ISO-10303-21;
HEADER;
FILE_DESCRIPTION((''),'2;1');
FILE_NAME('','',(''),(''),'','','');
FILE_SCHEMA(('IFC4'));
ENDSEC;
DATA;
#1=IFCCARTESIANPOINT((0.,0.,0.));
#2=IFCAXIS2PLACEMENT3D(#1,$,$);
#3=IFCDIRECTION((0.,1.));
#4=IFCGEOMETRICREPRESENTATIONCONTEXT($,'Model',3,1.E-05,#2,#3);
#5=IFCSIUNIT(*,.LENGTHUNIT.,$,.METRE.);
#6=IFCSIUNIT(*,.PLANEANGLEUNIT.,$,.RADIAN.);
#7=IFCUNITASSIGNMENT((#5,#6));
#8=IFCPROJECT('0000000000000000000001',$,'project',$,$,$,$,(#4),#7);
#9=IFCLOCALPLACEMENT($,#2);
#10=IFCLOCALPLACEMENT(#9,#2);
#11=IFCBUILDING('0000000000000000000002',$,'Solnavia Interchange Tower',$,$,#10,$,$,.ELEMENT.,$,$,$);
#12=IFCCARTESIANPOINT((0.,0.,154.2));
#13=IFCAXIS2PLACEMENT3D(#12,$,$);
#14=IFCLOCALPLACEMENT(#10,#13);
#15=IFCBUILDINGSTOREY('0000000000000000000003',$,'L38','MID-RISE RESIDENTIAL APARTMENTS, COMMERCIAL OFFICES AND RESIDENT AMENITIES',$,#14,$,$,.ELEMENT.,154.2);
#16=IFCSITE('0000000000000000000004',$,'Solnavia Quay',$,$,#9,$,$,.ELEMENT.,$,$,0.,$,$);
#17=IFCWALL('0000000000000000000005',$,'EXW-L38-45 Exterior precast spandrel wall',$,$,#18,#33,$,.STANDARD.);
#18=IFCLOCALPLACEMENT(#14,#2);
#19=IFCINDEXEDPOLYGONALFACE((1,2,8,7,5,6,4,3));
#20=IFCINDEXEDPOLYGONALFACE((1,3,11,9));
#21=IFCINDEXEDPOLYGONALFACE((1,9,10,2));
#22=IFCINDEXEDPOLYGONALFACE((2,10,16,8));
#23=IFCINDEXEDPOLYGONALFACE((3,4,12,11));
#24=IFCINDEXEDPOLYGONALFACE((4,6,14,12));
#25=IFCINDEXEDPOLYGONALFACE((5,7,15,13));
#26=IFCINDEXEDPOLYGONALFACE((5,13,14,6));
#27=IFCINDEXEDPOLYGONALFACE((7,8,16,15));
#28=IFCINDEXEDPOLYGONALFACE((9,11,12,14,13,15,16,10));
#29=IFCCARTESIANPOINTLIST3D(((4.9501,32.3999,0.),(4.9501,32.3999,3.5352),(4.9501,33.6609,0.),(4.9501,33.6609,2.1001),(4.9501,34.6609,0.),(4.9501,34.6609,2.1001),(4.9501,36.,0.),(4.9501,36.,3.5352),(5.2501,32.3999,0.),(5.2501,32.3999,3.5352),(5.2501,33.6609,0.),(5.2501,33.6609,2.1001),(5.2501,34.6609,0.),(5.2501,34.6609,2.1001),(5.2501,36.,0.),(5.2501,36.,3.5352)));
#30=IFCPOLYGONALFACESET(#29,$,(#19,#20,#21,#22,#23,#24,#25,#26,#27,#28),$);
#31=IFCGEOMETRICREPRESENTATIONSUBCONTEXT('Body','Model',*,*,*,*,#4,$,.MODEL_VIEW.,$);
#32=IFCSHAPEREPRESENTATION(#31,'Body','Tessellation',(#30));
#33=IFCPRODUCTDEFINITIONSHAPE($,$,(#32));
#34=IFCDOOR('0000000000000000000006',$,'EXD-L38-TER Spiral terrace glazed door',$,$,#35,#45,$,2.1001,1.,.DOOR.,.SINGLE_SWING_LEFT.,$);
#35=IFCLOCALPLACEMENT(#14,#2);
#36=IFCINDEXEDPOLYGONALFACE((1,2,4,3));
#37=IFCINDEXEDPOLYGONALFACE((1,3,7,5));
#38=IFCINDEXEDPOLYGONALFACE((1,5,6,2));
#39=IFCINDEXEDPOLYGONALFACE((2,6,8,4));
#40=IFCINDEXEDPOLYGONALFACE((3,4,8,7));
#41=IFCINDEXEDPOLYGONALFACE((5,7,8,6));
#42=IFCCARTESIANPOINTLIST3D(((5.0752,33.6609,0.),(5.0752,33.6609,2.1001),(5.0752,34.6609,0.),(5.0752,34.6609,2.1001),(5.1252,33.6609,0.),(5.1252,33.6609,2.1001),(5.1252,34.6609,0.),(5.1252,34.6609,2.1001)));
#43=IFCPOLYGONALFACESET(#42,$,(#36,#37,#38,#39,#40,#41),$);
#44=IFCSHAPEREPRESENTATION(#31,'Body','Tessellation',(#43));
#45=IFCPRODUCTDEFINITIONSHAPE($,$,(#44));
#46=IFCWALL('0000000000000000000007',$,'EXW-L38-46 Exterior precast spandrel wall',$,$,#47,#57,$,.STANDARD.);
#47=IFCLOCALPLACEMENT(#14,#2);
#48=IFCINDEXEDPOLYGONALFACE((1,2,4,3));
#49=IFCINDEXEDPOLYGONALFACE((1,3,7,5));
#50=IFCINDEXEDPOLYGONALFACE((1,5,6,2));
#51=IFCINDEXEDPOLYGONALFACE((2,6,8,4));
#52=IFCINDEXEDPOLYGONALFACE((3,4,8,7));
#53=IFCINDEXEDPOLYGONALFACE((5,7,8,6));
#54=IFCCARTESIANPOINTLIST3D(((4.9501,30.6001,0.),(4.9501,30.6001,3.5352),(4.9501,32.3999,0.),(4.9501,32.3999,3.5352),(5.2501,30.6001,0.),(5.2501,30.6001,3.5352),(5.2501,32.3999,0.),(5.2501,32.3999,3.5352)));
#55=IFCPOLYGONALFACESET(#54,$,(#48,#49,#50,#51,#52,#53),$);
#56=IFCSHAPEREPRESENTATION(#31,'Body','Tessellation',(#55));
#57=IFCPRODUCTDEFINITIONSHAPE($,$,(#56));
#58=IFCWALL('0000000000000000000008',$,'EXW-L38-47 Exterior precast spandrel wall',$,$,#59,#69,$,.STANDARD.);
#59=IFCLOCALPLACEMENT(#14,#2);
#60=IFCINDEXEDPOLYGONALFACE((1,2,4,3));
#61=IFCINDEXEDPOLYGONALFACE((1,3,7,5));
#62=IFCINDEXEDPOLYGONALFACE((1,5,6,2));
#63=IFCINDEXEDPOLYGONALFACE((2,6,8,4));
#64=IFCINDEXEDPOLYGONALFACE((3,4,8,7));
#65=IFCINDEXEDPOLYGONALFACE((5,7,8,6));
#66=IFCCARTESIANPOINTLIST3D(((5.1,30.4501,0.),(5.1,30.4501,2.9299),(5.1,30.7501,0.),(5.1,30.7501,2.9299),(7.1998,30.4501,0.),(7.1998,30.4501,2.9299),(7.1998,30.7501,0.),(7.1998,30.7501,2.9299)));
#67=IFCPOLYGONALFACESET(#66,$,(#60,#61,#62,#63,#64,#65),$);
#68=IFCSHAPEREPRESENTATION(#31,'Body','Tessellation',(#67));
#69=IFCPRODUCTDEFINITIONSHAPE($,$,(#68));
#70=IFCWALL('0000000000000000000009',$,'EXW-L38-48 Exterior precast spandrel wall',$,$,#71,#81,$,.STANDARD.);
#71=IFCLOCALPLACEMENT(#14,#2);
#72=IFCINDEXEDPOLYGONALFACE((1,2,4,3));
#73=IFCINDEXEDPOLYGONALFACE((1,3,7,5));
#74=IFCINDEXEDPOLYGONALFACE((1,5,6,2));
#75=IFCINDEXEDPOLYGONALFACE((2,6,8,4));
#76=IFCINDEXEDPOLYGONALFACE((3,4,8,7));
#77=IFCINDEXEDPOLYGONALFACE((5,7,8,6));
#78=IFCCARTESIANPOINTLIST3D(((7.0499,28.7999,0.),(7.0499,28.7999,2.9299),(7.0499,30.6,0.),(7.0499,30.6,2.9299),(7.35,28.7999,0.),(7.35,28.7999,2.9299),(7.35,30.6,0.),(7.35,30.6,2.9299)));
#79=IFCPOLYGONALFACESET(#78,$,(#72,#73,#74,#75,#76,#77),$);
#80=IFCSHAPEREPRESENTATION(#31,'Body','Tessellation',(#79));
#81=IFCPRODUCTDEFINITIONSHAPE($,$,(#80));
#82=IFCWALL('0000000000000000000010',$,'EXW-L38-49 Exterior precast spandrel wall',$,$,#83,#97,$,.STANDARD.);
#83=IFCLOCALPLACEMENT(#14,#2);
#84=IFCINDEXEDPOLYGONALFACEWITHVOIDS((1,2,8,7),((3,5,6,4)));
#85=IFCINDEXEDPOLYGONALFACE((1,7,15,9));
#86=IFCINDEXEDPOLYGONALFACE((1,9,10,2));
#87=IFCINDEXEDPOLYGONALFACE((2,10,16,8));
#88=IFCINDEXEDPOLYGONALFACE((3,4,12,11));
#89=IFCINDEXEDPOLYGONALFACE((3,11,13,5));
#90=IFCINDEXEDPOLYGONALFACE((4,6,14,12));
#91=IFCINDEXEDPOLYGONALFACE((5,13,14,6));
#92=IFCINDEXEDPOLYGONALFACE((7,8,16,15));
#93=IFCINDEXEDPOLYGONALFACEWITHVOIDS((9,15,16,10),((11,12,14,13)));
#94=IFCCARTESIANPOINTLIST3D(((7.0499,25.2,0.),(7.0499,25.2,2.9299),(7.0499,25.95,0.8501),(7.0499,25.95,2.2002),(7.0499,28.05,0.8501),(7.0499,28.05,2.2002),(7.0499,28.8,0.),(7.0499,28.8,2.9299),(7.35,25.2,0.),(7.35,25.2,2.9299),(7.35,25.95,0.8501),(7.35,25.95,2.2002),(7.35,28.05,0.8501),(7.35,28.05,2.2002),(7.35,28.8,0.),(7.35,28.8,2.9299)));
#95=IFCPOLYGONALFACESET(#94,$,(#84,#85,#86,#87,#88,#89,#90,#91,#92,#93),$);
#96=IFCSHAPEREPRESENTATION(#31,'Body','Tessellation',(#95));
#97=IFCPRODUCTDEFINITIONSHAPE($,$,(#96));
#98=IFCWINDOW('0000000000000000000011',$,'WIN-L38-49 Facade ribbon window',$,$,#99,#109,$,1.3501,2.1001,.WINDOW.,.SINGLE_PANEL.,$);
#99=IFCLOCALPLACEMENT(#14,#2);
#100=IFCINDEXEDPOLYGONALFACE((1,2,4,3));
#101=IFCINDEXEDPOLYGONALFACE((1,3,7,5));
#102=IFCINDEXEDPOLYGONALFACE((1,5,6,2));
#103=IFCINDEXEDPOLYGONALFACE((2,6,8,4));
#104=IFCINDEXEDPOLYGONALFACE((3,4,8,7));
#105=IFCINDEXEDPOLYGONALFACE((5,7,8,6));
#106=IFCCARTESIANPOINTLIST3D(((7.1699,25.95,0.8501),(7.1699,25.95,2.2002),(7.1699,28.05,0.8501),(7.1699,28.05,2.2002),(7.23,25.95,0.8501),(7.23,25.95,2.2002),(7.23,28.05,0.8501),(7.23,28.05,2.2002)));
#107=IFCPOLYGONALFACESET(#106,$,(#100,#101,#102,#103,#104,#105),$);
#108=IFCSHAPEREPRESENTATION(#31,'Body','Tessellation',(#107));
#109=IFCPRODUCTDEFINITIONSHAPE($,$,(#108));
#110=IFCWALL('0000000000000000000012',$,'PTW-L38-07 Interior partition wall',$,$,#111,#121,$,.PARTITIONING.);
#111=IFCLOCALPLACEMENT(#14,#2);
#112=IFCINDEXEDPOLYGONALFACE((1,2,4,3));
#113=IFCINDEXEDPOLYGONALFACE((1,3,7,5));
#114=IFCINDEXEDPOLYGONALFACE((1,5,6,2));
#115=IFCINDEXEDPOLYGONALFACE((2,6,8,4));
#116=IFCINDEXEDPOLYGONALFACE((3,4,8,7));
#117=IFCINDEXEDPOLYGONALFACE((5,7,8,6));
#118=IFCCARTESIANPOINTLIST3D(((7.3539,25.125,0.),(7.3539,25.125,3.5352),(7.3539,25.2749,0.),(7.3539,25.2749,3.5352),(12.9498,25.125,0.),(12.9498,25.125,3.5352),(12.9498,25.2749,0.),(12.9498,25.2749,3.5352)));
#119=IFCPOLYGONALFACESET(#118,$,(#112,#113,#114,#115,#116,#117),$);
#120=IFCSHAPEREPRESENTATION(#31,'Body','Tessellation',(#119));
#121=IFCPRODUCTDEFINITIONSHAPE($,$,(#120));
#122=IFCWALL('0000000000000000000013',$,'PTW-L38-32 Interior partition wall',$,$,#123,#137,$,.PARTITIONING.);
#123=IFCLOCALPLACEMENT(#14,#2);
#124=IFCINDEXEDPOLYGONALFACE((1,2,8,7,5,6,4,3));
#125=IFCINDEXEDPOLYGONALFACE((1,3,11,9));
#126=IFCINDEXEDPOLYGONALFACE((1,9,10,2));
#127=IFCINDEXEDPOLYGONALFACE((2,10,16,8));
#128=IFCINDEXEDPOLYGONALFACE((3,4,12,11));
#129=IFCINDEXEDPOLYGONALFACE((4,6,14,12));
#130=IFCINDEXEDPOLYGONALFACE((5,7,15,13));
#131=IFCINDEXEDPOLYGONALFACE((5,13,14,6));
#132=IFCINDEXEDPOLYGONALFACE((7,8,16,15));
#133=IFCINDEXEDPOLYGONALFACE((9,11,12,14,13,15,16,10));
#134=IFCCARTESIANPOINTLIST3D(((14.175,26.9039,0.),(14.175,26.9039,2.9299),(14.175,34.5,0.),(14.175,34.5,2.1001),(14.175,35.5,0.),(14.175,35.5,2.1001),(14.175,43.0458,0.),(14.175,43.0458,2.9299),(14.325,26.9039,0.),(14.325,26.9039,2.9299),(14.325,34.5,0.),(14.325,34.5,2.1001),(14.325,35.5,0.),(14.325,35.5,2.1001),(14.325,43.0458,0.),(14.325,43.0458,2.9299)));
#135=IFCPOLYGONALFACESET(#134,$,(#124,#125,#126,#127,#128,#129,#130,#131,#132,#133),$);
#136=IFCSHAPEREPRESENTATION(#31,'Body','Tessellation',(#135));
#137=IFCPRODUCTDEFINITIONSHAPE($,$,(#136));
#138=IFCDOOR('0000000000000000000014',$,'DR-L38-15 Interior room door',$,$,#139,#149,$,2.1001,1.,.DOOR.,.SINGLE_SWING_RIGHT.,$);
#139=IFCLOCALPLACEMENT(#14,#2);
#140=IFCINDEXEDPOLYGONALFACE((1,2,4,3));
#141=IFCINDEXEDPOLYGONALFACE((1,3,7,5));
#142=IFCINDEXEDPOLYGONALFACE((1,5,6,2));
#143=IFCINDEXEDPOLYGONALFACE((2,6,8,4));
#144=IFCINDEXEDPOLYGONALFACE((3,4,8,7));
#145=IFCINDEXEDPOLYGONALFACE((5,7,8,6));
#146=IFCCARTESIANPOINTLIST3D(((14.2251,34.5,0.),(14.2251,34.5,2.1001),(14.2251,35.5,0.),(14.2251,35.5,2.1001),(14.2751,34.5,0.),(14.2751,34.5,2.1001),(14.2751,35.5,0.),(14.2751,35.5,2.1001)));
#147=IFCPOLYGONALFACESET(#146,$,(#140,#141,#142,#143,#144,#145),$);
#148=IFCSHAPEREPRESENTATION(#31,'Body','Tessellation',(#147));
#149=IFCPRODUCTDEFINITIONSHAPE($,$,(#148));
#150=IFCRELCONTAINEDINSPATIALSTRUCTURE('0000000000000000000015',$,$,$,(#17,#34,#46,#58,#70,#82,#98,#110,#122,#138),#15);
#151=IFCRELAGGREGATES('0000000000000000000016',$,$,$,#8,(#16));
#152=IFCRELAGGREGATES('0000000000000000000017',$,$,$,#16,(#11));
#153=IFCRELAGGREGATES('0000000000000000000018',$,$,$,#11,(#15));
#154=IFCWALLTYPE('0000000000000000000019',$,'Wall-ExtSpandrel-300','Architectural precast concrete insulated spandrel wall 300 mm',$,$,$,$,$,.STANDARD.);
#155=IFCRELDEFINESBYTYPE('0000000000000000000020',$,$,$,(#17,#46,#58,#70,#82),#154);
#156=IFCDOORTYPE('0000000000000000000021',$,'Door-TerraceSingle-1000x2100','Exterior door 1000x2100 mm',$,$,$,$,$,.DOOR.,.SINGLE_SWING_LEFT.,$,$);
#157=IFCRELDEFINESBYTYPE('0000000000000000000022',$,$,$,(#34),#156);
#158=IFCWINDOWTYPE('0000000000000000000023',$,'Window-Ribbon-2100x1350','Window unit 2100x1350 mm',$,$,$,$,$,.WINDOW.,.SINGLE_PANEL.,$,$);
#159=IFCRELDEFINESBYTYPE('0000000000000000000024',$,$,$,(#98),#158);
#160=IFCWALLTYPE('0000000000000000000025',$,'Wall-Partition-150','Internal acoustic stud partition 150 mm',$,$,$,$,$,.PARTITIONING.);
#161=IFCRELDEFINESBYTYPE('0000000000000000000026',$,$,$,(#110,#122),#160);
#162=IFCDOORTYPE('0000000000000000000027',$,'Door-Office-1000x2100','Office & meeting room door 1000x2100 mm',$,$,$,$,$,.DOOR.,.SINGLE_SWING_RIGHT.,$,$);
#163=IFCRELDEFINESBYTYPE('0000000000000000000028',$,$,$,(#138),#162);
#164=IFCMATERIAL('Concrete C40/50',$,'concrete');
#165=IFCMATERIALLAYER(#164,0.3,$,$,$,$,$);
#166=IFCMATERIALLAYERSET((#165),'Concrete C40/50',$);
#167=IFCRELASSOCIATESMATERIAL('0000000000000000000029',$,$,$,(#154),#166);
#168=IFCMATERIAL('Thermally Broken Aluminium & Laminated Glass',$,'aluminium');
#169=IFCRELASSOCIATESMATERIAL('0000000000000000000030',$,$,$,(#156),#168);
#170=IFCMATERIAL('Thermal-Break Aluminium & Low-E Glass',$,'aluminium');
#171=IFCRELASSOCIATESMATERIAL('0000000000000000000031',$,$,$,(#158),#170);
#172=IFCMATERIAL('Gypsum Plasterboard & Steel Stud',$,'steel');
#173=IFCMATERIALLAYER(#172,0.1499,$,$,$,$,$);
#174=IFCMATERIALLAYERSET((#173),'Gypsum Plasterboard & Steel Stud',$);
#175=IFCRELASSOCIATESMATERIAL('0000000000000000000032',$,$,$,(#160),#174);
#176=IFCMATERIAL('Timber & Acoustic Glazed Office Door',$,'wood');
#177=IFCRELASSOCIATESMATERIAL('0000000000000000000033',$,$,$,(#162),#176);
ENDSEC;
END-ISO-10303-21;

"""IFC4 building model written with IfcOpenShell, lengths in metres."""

from ifc_helpers import new_model, si_unit, direction, frame, frame_2d, origin, place, context, subcontext, project, spatial, rectangle, extrude, material, layer, layer_set, type_object, element, fill, save


model = new_model("IFC4")

# Units and contexts
model_context = context("Model", 3, precision=1e-05, world=origin(), true_north=direction((0.0, 1.0)))
body_context = subcontext(model_context, "Body", "Model", "MODEL_VIEW")
ifc_project = project(units=[si_unit("LENGTHUNIT", "METRE"), si_unit("PLANEANGLEUNIT", "RADIAN")], contexts=[model_context])

# Site, building, storey
site_placement = place(None, origin())
site = spatial("IfcSite", under=ifc_project, at=site_placement, Name="Solnavia Quay", CompositionType="ELEMENT", RefElevation=0.0)
building_placement = place(site_placement, origin())
building = spatial("IfcBuilding", under=site, at=building_placement, Name="Solnavia Interchange Tower", CompositionType="ELEMENT")
storey_placement = place(building_placement, frame((0.0, 0.0, 154.2)))
storey = spatial("IfcBuildingStorey", under=building, at=storey_placement, Name="L38", Description="MID-RISE RESIDENTIAL APARTMENTS, COMMERCIAL OFFICES AND RESIDENT AMENITIES", CompositionType="ELEMENT", Elevation=154.2)

# Wall, opening, door
ifc_material_1 = material(Name="Concrete C40/50", Category="concrete")
ifc_layer_1 = layer(ifc_material_1, 0.3)
ifc_layer_set_1 = layer_set([ifc_layer_1], Name="Concrete C40/50")
wall_type_1 = type_object("IfcWallType", Name="Wall-ExtSpandrel-300", Description="Architectural precast concrete insulated spandrel wall 300 mm", PredefinedType="STANDARD", material=ifc_layer_set_1)
wall_1_placement = place(storey_placement, frame((5.1001, 32.3999, 0.0), z_axis=(0.0, 0.0, 1.0), x_axis=(0.0, 1.0, 0.0)))
wall_1 = element("IfcWall", 1, at=wall_1_placement, inside=storey, type_object=wall_type_1, Name="EXW-L38-45 Exterior precast spandrel wall", PredefinedType="STANDARD", context=body_context, shape_type="SweptSolid", body=[
    extrude(rectangle(XDim=3.6001, YDim=0.3, at=frame_2d((1.8, 0.0))), origin(), (0.0, 0.0, 1.0), 3.5352),
])
opening_1_placement = place(wall_1_placement, frame((1.261, 0.0, 0.0)))
opening_1 = element("IfcOpeningElement", 2, at=opening_1_placement, cuts=wall_1, PredefinedType="OPENING", context=body_context, shape_type="SweptSolid", body=[
    extrude(rectangle(XDim=1.0, YDim=2.1001, at=frame_2d((0.5, 1.05))), frame((0.0, 0.1602, 0.0), z_axis=(0.0, -1.0, 0.0), x_axis=(1.0, 0.0, 0.0)), (0.0, 0.0, 1.0), 0.3201),
])
ifc_material_2 = material(Name="Thermally Broken Aluminium & Laminated Glass", Category="aluminium")
door_type_1 = type_object("IfcDoorType", Name="Door-TerraceSingle-1000x2100", Description="Exterior door 1000x2100 mm", OperationType="SINGLE_SWING_LEFT", PredefinedType="DOOR", material=ifc_material_2)
door_1_placement = place(opening_1_placement, origin())
door_1 = element("IfcDoor", 3, at=door_1_placement, inside=storey, type_object=door_type_1, Name="EXD-L38-TER Spiral terrace glazed door", OperationType="SINGLE_SWING_LEFT", OverallHeight=2.1001, OverallWidth=1.0, PredefinedType="DOOR", context=body_context, shape_type="SweptSolid", body=[
    extrude(rectangle(XDim=1.0, YDim=2.1001, at=frame_2d((0.5, 1.05))), frame((0.0, 0.0249, 0.0), z_axis=(0.0, -1.0, 0.0), x_axis=(1.0, 0.0, 0.0)), (0.0, 0.0, 1.0), 0.05),
])
fill(opening_1, door_1)

# Walls
wall_2_placement = place(storey_placement, frame((5.1001, 30.6001, 0.0), z_axis=(0.0, 0.0, 1.0), x_axis=(0.0, 1.0, 0.0)))
element("IfcWall", 4, at=wall_2_placement, inside=storey, type_object=wall_type_1, Name="EXW-L38-46 Exterior precast spandrel wall", PredefinedType="STANDARD", context=body_context, shape_type="SweptSolid", body=[
    extrude(rectangle(XDim=1.7998, YDim=0.3, at=frame_2d((0.8999, 0.0))), origin(), (0.0, 0.0, 1.0), 3.5352),
])
wall_3_placement = place(storey_placement, frame((5.1001, 30.6001, 0.0), z_axis=(0.0, 0.0, 1.0), x_axis=(1.0, 0.0, 0.0)))
element("IfcWall", 5, at=wall_3_placement, inside=storey, type_object=wall_type_1, Name="EXW-L38-47 Exterior precast spandrel wall", PredefinedType="STANDARD", context=body_context, shape_type="SweptSolid", body=[
    extrude(rectangle(XDim=2.0999, YDim=0.3, at=frame_2d((1.0498, 0.0))), origin(), (0.0, 0.0, 1.0), 2.9299),
])
wall_4_placement = place(storey_placement, frame((7.2, 28.8, 0.0), z_axis=(0.0, 0.0, 1.0), x_axis=(0.0, 1.0, 0.0)))
element("IfcWall", 6, at=wall_4_placement, inside=storey, type_object=wall_type_1, Name="EXW-L38-48 Exterior precast spandrel wall", PredefinedType="STANDARD", context=body_context, shape_type="SweptSolid", body=[
    extrude(rectangle(XDim=1.8, YDim=0.3, at=frame_2d((0.8999, 0.0))), origin(), (0.0, 0.0, 1.0), 2.9299),
])

# Wall, opening, window
wall_5_placement = place(storey_placement, frame((7.2, 25.2, 0.0), z_axis=(0.0, 0.0, 1.0), x_axis=(0.0, 1.0, 0.0)))
wall_5 = element("IfcWall", 7, at=wall_5_placement, inside=storey, type_object=wall_type_1, Name="EXW-L38-49 Exterior precast spandrel wall", PredefinedType="STANDARD", context=body_context, shape_type="SweptSolid", body=[
    extrude(rectangle(XDim=3.6001, YDim=0.3, at=frame_2d((1.8, 0.0))), origin(), (0.0, 0.0, 1.0), 2.9299),
])
opening_2_placement = place(wall_5_placement, frame((0.75, 0.0, 0.8501)))
opening_2 = element("IfcOpeningElement", 8, at=opening_2_placement, cuts=wall_5, PredefinedType="OPENING", context=body_context, shape_type="SweptSolid", body=[
    extrude(rectangle(XDim=2.1001, YDim=1.3501, at=frame_2d((1.05, 0.675))), frame((0.0, 0.1602, 0.0), z_axis=(0.0, -1.0, 0.0), x_axis=(1.0, 0.0, 0.0)), (0.0, 0.0, 1.0), 0.3201),
])
ifc_material_3 = material(Name="Thermal-Break Aluminium & Low-E Glass", Category="aluminium")
window_type = type_object("IfcWindowType", Name="Window-Ribbon-2100x1350", Description="Window unit 2100x1350 mm", PartitioningType="SINGLE_PANEL", PredefinedType="WINDOW", material=ifc_material_3)
window_placement = place(opening_2_placement, origin())
window = element("IfcWindow", 9, at=window_placement, inside=storey, type_object=window_type, Name="WIN-L38-49 Facade ribbon window", OverallHeight=1.3501, OverallWidth=2.1001, PartitioningType="SINGLE_PANEL", PredefinedType="WINDOW", context=body_context, shape_type="SweptSolid", body=[
    extrude(rectangle(XDim=2.1001, YDim=1.3501, at=frame_2d((1.05, 0.675))), frame((0.0, 0.03, 0.0), z_axis=(0.0, -1.0, 0.0), x_axis=(1.0, 0.0, 0.0)), (0.0, 0.0, 1.0), 0.0601),
])
fill(opening_2, window)

# Wall
ifc_material_4 = material(Name="Gypsum Plasterboard & Steel Stud", Category="steel")
ifc_layer_2 = layer(ifc_material_4, 0.1499)
ifc_layer_set_2 = layer_set([ifc_layer_2], Name="Gypsum Plasterboard & Steel Stud")
wall_type_2 = type_object("IfcWallType", Name="Wall-Partition-150", Description="Internal acoustic stud partition 150 mm", PredefinedType="PARTITIONING", material=ifc_layer_set_2)
wall_6_placement = place(storey_placement, frame((7.354, 25.2, 0.0), z_axis=(0.0, 0.0, 1.0), x_axis=(1.0, 0.0, 0.0)))
element("IfcWall", 10, at=wall_6_placement, inside=storey, type_object=wall_type_2, Name="PTW-L38-07 Interior partition wall", PredefinedType="PARTITIONING", context=body_context, shape_type="SweptSolid", body=[
    extrude(rectangle(XDim=5.5959, YDim=0.1499, at=frame_2d((2.7979, 0.0))), origin(), (0.0, 0.0, 1.0), 3.5352),
])

# Wall, opening, door
wall_7_placement = place(storey_placement, frame((14.25, 26.9041, 0.0), z_axis=(0.0, 0.0, 1.0), x_axis=(0.0, 1.0, 0.0)))
wall_7 = element("IfcWall", 11, at=wall_7_placement, inside=storey, type_object=wall_type_2, Name="PTW-L38-32 Interior partition wall", PredefinedType="PARTITIONING", context=body_context, shape_type="SweptSolid", body=[
    extrude(rectangle(XDim=16.1418, YDim=0.1499, at=frame_2d((8.0708, 0.0))), origin(), (0.0, 0.0, 1.0), 2.9299),
])
opening_3_placement = place(wall_7_placement, frame((7.5959, 0.0, 0.0)))
opening_3 = element("IfcOpeningElement", 12, at=opening_3_placement, cuts=wall_7, PredefinedType="OPENING", context=body_context, shape_type="SweptSolid", body=[
    extrude(rectangle(XDim=1.0, YDim=2.1001, at=frame_2d((0.5, 1.05))), frame((0.0, 0.085, 0.0), z_axis=(0.0, -1.0, 0.0), x_axis=(1.0, 0.0, 0.0)), (0.0, 0.0, 1.0), 0.1699),
])
ifc_material_5 = material(Name="Timber & Acoustic Glazed Office Door", Category="wood")
door_type_2 = type_object("IfcDoorType", Name="Door-Office-1000x2100", Description="Office & meeting room door 1000x2100 mm", OperationType="SINGLE_SWING_RIGHT", PredefinedType="DOOR", material=ifc_material_5)
door_2_placement = place(opening_3_placement, origin())
door_2 = element("IfcDoor", 13, at=door_2_placement, inside=storey, type_object=door_type_2, Name="DR-L38-15 Interior room door", OperationType="SINGLE_SWING_RIGHT", OverallHeight=2.1001, OverallWidth=1.0, PredefinedType="DOOR", context=body_context, shape_type="SweptSolid", body=[
    extrude(rectangle(XDim=1.0, YDim=2.1001, at=frame_2d((0.5, 1.05))), frame((0.0, 0.0249, 0.0), z_axis=(0.0, -1.0, 0.0), x_axis=(1.0, 0.0, 0.0)), (0.0, 0.0, 1.0), 0.05),
])
fill(opening_3, door_2)

save(model, "model.ifc")
